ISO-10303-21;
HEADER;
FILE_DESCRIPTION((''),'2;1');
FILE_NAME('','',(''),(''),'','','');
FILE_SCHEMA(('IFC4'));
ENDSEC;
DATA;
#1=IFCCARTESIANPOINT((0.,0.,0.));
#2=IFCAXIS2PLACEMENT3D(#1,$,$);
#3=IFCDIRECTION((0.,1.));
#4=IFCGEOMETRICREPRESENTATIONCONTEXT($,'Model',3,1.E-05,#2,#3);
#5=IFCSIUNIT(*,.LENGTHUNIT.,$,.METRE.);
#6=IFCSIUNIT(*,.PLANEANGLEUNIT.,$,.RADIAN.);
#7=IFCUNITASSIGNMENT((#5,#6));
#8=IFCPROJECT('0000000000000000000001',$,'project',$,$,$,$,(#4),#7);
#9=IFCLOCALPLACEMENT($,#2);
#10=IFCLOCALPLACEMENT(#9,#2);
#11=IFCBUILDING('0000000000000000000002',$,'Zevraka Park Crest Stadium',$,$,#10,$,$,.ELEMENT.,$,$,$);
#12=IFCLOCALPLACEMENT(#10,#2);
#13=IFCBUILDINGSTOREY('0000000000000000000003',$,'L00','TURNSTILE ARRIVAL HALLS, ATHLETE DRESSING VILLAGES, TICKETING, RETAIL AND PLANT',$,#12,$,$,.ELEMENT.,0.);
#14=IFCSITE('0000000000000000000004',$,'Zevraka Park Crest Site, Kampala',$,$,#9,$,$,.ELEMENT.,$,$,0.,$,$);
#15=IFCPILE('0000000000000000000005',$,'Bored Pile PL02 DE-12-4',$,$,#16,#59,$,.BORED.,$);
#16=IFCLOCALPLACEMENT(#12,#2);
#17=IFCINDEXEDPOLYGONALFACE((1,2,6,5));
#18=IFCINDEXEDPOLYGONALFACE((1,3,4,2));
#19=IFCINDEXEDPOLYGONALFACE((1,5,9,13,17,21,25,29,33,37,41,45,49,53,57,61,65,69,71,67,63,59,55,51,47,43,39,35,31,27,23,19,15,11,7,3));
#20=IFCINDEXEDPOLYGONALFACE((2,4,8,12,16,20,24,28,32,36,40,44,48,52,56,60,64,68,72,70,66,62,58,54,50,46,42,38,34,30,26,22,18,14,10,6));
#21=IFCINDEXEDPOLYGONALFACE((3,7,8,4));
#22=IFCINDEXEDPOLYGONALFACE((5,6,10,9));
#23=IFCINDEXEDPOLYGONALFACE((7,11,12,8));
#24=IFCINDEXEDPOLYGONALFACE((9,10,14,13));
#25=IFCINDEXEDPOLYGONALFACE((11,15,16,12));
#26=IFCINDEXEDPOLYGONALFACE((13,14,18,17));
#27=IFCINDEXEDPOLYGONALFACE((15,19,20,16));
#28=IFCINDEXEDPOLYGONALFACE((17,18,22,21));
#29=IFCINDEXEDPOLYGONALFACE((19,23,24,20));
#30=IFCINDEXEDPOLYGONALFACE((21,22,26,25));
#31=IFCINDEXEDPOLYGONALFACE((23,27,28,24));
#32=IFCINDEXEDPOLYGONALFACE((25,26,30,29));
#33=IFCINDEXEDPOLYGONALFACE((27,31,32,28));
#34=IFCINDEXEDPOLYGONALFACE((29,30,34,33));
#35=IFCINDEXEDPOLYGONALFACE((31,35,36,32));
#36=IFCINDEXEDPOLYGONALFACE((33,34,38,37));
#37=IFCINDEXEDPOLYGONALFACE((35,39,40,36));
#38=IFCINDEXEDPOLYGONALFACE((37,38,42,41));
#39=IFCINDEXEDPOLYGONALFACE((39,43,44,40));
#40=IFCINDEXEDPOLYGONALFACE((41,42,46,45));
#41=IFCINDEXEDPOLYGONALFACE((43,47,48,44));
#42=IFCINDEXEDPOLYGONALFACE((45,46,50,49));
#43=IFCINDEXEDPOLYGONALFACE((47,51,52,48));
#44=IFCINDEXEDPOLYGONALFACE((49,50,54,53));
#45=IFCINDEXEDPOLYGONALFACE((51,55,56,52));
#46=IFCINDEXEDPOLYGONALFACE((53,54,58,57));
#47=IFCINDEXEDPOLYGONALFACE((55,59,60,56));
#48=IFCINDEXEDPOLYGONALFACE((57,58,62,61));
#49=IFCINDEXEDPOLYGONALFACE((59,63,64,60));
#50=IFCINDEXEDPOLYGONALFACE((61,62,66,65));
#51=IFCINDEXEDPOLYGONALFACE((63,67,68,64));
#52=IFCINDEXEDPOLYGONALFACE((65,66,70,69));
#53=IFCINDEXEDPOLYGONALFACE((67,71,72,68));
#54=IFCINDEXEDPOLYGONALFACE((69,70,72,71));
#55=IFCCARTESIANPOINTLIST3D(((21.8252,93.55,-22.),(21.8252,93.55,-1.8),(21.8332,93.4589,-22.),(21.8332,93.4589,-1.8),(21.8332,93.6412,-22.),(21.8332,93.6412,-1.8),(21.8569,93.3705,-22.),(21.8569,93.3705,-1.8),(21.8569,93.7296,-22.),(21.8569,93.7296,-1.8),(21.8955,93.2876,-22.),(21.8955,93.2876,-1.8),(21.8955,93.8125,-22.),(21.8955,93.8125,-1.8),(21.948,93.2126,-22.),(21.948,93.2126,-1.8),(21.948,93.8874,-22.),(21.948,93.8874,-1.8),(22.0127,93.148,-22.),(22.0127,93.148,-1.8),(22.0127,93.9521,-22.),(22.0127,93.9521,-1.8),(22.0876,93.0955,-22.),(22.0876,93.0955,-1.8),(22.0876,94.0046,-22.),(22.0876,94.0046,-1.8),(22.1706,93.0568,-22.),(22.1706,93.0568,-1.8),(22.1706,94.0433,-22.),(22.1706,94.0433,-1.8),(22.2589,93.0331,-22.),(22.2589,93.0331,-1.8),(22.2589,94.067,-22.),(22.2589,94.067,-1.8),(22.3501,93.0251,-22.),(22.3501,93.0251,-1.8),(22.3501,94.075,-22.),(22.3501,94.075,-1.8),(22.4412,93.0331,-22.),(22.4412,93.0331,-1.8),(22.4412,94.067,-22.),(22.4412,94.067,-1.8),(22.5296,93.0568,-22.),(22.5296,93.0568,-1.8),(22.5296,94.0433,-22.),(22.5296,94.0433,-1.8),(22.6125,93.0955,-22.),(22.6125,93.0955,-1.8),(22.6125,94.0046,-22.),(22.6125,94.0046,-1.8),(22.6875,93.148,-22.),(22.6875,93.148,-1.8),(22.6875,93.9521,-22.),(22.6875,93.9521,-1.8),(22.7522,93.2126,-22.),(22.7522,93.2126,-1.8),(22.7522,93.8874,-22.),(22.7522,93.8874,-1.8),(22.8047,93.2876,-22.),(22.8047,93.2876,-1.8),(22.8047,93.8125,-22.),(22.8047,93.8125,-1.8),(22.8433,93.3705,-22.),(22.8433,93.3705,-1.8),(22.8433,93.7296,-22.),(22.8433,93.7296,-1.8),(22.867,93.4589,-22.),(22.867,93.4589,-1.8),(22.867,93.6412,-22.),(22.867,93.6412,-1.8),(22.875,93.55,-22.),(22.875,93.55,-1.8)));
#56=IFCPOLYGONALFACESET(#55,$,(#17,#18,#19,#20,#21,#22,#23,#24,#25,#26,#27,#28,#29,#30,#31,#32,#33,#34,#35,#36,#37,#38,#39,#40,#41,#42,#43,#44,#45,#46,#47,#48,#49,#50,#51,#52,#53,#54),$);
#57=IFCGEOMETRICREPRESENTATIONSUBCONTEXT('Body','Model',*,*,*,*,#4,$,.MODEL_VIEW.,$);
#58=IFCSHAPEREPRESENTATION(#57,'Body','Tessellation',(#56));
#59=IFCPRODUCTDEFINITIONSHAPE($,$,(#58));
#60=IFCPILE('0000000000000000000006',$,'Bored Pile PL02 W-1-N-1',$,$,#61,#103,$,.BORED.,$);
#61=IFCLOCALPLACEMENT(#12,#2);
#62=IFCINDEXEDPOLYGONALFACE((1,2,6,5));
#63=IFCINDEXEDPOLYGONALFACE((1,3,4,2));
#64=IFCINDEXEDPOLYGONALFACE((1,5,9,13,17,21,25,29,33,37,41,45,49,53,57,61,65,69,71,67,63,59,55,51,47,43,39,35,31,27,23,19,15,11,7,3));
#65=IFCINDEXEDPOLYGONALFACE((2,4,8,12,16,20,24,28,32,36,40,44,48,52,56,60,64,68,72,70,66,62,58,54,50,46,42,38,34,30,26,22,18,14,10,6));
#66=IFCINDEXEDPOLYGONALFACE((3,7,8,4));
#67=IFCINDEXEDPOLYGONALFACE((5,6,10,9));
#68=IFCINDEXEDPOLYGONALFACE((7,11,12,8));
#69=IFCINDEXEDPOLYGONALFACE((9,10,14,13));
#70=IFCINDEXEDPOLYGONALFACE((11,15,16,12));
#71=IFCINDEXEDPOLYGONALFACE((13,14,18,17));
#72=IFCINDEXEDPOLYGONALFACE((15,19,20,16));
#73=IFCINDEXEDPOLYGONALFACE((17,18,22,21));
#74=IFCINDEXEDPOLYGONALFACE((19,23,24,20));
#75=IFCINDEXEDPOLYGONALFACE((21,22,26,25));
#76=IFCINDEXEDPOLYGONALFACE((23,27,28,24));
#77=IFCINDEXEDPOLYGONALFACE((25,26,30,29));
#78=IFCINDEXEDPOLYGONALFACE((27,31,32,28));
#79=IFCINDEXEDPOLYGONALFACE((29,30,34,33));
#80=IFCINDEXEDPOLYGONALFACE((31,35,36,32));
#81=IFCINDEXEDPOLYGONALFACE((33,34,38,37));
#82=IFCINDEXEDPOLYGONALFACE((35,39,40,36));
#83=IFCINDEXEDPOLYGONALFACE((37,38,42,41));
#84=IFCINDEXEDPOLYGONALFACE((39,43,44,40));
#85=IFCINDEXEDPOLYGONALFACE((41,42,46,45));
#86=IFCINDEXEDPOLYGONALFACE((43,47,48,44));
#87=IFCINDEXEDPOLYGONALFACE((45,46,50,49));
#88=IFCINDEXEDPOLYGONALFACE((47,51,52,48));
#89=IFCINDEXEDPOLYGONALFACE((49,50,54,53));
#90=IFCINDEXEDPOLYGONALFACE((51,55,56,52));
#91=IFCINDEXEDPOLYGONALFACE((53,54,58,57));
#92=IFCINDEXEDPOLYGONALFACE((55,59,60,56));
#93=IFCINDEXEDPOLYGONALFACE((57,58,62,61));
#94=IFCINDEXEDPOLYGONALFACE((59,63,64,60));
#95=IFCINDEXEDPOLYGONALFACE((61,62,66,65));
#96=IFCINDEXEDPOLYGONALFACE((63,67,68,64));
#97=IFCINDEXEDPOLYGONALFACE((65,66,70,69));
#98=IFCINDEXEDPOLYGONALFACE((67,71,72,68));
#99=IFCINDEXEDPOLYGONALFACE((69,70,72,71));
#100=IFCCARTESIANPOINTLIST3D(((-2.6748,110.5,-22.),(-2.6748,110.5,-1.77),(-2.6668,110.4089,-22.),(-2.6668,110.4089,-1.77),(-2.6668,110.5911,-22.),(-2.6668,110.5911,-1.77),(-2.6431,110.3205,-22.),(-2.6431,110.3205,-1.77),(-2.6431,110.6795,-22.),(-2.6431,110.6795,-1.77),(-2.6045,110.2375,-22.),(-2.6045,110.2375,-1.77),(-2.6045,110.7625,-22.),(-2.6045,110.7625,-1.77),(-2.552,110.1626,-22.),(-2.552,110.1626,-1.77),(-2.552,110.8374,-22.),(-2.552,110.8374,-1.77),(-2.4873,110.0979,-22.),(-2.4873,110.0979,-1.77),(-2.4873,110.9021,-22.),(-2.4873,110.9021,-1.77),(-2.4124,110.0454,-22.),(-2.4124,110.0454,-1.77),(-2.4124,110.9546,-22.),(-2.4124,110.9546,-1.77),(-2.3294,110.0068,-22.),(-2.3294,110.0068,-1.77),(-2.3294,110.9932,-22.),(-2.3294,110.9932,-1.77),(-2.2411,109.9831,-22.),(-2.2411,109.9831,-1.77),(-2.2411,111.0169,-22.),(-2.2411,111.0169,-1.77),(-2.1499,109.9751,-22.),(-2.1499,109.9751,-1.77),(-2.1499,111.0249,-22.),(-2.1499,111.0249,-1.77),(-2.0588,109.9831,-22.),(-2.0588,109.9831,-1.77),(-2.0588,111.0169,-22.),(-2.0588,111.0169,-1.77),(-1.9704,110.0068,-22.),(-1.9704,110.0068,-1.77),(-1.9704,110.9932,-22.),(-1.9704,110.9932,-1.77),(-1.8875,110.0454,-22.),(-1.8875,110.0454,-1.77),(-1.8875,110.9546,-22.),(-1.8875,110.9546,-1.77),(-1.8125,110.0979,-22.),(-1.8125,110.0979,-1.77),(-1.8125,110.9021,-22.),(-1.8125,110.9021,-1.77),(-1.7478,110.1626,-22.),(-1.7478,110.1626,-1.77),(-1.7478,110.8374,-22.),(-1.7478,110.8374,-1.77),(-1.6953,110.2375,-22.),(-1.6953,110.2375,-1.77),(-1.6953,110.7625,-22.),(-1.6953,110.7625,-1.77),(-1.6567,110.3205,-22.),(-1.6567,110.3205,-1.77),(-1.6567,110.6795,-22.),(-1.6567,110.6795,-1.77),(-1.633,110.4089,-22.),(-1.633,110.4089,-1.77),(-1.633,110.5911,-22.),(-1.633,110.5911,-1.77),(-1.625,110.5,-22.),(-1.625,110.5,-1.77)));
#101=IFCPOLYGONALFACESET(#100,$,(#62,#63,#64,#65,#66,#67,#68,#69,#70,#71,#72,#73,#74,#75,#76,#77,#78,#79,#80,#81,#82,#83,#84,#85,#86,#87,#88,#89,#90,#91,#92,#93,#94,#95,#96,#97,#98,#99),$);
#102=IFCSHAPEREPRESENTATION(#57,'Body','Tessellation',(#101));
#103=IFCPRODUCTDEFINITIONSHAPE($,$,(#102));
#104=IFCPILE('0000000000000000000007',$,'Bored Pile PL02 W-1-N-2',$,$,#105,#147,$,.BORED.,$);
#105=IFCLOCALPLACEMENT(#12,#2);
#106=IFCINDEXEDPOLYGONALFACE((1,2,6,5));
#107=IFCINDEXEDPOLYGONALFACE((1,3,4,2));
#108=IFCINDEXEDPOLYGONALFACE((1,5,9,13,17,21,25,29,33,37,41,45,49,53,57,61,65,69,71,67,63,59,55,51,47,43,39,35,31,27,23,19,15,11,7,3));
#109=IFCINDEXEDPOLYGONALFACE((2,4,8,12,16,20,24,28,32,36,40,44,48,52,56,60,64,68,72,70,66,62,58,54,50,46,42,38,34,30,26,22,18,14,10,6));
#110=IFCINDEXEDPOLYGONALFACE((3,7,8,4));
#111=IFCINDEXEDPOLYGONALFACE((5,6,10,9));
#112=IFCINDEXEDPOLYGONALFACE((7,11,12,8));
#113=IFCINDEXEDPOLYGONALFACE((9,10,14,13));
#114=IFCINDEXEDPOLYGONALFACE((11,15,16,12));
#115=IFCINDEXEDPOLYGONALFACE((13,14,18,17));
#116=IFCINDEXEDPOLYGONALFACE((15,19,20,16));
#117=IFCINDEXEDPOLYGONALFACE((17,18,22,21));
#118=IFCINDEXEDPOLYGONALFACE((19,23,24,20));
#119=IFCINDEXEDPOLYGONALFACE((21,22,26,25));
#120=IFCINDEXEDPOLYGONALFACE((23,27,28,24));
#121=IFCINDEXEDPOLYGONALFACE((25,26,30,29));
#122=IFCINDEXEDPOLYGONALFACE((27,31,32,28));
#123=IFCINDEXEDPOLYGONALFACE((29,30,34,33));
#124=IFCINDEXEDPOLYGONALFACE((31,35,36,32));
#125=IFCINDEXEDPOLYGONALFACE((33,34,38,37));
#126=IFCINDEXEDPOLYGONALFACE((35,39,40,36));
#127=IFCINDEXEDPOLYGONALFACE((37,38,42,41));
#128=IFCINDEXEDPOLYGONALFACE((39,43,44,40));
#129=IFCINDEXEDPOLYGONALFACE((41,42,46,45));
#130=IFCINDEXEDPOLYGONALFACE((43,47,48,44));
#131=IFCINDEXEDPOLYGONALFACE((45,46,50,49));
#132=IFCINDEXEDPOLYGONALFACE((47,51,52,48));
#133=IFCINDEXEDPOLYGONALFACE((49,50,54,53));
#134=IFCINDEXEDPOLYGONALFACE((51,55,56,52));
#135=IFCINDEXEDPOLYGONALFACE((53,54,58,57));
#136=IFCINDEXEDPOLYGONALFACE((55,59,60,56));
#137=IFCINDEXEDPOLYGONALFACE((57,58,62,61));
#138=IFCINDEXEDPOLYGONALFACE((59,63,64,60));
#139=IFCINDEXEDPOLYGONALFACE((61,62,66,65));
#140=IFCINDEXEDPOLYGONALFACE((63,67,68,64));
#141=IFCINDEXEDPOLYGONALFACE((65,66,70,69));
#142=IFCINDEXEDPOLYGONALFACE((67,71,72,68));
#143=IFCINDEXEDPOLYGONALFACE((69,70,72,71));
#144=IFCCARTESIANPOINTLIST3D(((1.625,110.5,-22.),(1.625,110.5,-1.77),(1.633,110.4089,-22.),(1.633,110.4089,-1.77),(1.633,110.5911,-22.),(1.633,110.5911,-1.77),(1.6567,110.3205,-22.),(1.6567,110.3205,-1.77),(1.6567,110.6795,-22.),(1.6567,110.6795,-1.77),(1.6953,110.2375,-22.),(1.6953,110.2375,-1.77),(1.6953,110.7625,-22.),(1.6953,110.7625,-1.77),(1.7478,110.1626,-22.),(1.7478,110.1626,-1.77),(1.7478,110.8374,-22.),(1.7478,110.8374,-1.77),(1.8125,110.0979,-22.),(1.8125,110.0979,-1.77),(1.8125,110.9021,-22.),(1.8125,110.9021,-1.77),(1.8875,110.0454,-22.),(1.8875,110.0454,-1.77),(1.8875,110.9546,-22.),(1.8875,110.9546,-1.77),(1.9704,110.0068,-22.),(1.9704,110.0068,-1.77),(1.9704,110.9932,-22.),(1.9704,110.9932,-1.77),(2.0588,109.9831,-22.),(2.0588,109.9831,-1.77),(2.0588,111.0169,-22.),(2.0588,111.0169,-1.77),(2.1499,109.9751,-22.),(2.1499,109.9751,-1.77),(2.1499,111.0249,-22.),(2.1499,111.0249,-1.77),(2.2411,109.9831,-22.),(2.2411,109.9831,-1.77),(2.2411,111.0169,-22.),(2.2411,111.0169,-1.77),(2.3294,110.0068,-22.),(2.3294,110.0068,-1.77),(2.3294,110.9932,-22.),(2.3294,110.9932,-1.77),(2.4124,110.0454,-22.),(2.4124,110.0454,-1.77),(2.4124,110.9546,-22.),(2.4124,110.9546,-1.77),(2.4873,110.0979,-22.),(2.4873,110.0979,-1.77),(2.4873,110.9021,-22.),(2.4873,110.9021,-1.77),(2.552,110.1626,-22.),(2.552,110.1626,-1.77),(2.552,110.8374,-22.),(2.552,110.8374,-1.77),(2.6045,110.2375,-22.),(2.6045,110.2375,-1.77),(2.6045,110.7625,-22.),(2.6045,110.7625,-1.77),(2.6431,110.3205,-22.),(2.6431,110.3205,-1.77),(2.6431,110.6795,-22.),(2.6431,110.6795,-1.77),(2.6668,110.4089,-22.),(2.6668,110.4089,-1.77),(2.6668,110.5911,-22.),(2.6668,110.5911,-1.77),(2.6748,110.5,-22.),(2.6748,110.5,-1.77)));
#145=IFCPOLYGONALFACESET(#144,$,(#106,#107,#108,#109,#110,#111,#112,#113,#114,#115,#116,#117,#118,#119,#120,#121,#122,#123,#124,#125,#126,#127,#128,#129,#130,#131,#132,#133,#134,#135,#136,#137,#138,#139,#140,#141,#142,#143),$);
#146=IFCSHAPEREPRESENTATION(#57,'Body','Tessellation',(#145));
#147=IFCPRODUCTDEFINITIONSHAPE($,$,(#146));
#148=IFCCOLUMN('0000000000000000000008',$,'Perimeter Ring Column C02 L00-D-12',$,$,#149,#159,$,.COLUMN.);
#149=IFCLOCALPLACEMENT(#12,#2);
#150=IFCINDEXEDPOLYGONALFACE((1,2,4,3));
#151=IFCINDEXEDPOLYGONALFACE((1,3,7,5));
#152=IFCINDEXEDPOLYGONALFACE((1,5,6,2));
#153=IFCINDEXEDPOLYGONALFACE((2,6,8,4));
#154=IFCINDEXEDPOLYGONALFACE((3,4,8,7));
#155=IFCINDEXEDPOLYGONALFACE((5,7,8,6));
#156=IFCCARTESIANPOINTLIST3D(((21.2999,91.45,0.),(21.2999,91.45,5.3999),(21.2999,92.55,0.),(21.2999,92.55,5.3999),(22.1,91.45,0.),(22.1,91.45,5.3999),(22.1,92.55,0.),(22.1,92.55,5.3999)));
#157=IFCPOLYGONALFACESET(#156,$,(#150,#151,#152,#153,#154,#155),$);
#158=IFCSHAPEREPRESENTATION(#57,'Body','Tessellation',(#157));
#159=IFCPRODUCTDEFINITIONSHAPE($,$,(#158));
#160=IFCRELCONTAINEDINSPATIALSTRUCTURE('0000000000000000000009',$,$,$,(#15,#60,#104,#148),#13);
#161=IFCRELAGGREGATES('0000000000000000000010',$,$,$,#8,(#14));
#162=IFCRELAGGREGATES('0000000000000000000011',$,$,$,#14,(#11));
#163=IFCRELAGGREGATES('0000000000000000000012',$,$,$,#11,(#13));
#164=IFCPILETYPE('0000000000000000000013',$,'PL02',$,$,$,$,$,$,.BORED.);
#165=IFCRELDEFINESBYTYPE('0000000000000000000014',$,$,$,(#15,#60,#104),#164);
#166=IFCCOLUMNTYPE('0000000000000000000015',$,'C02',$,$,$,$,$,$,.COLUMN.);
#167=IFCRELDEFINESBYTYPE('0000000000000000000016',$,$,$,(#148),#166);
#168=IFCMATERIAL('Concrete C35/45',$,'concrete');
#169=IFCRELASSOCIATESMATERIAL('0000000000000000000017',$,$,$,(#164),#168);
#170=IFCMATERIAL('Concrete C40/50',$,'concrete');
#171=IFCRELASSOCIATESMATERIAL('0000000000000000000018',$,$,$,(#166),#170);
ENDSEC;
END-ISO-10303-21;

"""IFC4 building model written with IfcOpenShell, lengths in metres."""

from ifc_helpers import new_model, si_unit, direction, frame, origin, origin_2d, place, context, subcontext, project, spatial, rectangle, circle, extrude, material, material_profile, profile_set, type_object, element, save


model = new_model("IFC4")

# Units and contexts
model_context = context("Model", 3, precision=1e-05, world=origin(), true_north=direction((0.0, 1.0)))
body_context = subcontext(model_context, "Body", "Model", "MODEL_VIEW")
ifc_project = project(units=[si_unit("LENGTHUNIT", "METRE"), si_unit("PLANEANGLEUNIT", "RADIAN")], contexts=[model_context])

# Site, building, storey
site_placement = place(None, origin())
site = spatial("IfcSite", under=ifc_project, at=site_placement, Name="Zevraka Park Crest Site, Kampala", CompositionType="ELEMENT", RefElevation=0.0)
building_placement = place(site_placement, origin())
building = spatial("IfcBuilding", under=site, at=building_placement, Name="Zevraka Park Crest Stadium", CompositionType="ELEMENT")
storey_placement = place(building_placement, origin())
storey = spatial("IfcBuildingStorey", under=building, at=storey_placement, Name="L00", Description="TURNSTILE ARRIVAL HALLS, ATHLETE DRESSING VILLAGES, TICKETING, RETAIL AND PLANT", CompositionType="ELEMENT", Elevation=0.0)

# Piles
ifc_material_1 = material(Name="Concrete C35/45", Category="concrete")
ifc_material_profile_1 = material_profile(ifc_material_1, circle(Radius=0.5249, at=origin_2d()), Name="PILE D1050")
ifc_profile_set_1 = profile_set([ifc_material_profile_1], Name="Concrete C35/45")
pile_type_1 = type_object("IfcPileType", Name="PL02", PredefinedType="BORED", material=ifc_profile_set_1)
for number, where, z_axis, x_axis, name in (
    (1, (22.3501, 93.55, -1.8), (0.0, 0.0, -1.0), (1.0, 0.0, 0.0), "Bored Pile PL02 DE-12-4"),
):
    element("IfcPile", number, at=place(storey_placement, frame(where, z_axis=z_axis, x_axis=x_axis)), inside=storey, type_object=pile_type_1, Name=name, PredefinedType="BORED", context=body_context, shape_type="SweptSolid", body=[
        extrude(circle(Radius=0.5249, at=origin_2d()), origin(), (0.0, 0.0, 1.0), 20.2),
    ])
for number, where, z_axis, x_axis, name in (
    (2, (-2.1499, 110.5, -1.77), (0.0, 0.0, -1.0), (1.0, 0.0, 0.0), "Bored Pile PL02 W-1-N-1"),
    (3, (2.1499, 110.5, -1.77), (0.0, 0.0, -1.0), (1.0, 0.0, 0.0), "Bored Pile PL02 W-1-N-2"),
):
    element("IfcPile", number, at=place(storey_placement, frame(where, z_axis=z_axis, x_axis=x_axis)), inside=storey, type_object=pile_type_1, Name=name, PredefinedType="BORED", context=body_context, shape_type="SweptSolid", body=[
        extrude(circle(Radius=0.5249, at=origin_2d()), origin(), (0.0, 0.0, 1.0), 20.23),
    ])

# Column
ifc_material_2 = material(Name="Concrete C40/50", Category="concrete")
ifc_material_profile_2 = material_profile(ifc_material_2, rectangle(XDim=0.8, YDim=1.1001, at=origin_2d()), Name="RC 1100x800")
ifc_profile_set_2 = profile_set([ifc_material_profile_2], Name="Concrete C40/50")
column_type_1 = type_object("IfcColumnType", Name="C02", PredefinedType="COLUMN", material=ifc_profile_set_2)
column_1_placement = place(storey_placement, frame((21.7, 92.0, 0.0), z_axis=(0.0, 0.0, 1.0), x_axis=(1.0, 0.0, 0.0)))
element("IfcColumn", 4, at=column_1_placement, inside=storey, type_object=column_type_1, Name="Perimeter Ring Column C02 L00-D-12", PredefinedType="COLUMN", context=body_context, shape_type="SweptSolid", body=[
    extrude(rectangle(XDim=0.8, YDim=1.1001, at=origin_2d()), origin(), (0.0, 0.0, 1.0), 5.3999),
])

save(model, "model.ifc")
